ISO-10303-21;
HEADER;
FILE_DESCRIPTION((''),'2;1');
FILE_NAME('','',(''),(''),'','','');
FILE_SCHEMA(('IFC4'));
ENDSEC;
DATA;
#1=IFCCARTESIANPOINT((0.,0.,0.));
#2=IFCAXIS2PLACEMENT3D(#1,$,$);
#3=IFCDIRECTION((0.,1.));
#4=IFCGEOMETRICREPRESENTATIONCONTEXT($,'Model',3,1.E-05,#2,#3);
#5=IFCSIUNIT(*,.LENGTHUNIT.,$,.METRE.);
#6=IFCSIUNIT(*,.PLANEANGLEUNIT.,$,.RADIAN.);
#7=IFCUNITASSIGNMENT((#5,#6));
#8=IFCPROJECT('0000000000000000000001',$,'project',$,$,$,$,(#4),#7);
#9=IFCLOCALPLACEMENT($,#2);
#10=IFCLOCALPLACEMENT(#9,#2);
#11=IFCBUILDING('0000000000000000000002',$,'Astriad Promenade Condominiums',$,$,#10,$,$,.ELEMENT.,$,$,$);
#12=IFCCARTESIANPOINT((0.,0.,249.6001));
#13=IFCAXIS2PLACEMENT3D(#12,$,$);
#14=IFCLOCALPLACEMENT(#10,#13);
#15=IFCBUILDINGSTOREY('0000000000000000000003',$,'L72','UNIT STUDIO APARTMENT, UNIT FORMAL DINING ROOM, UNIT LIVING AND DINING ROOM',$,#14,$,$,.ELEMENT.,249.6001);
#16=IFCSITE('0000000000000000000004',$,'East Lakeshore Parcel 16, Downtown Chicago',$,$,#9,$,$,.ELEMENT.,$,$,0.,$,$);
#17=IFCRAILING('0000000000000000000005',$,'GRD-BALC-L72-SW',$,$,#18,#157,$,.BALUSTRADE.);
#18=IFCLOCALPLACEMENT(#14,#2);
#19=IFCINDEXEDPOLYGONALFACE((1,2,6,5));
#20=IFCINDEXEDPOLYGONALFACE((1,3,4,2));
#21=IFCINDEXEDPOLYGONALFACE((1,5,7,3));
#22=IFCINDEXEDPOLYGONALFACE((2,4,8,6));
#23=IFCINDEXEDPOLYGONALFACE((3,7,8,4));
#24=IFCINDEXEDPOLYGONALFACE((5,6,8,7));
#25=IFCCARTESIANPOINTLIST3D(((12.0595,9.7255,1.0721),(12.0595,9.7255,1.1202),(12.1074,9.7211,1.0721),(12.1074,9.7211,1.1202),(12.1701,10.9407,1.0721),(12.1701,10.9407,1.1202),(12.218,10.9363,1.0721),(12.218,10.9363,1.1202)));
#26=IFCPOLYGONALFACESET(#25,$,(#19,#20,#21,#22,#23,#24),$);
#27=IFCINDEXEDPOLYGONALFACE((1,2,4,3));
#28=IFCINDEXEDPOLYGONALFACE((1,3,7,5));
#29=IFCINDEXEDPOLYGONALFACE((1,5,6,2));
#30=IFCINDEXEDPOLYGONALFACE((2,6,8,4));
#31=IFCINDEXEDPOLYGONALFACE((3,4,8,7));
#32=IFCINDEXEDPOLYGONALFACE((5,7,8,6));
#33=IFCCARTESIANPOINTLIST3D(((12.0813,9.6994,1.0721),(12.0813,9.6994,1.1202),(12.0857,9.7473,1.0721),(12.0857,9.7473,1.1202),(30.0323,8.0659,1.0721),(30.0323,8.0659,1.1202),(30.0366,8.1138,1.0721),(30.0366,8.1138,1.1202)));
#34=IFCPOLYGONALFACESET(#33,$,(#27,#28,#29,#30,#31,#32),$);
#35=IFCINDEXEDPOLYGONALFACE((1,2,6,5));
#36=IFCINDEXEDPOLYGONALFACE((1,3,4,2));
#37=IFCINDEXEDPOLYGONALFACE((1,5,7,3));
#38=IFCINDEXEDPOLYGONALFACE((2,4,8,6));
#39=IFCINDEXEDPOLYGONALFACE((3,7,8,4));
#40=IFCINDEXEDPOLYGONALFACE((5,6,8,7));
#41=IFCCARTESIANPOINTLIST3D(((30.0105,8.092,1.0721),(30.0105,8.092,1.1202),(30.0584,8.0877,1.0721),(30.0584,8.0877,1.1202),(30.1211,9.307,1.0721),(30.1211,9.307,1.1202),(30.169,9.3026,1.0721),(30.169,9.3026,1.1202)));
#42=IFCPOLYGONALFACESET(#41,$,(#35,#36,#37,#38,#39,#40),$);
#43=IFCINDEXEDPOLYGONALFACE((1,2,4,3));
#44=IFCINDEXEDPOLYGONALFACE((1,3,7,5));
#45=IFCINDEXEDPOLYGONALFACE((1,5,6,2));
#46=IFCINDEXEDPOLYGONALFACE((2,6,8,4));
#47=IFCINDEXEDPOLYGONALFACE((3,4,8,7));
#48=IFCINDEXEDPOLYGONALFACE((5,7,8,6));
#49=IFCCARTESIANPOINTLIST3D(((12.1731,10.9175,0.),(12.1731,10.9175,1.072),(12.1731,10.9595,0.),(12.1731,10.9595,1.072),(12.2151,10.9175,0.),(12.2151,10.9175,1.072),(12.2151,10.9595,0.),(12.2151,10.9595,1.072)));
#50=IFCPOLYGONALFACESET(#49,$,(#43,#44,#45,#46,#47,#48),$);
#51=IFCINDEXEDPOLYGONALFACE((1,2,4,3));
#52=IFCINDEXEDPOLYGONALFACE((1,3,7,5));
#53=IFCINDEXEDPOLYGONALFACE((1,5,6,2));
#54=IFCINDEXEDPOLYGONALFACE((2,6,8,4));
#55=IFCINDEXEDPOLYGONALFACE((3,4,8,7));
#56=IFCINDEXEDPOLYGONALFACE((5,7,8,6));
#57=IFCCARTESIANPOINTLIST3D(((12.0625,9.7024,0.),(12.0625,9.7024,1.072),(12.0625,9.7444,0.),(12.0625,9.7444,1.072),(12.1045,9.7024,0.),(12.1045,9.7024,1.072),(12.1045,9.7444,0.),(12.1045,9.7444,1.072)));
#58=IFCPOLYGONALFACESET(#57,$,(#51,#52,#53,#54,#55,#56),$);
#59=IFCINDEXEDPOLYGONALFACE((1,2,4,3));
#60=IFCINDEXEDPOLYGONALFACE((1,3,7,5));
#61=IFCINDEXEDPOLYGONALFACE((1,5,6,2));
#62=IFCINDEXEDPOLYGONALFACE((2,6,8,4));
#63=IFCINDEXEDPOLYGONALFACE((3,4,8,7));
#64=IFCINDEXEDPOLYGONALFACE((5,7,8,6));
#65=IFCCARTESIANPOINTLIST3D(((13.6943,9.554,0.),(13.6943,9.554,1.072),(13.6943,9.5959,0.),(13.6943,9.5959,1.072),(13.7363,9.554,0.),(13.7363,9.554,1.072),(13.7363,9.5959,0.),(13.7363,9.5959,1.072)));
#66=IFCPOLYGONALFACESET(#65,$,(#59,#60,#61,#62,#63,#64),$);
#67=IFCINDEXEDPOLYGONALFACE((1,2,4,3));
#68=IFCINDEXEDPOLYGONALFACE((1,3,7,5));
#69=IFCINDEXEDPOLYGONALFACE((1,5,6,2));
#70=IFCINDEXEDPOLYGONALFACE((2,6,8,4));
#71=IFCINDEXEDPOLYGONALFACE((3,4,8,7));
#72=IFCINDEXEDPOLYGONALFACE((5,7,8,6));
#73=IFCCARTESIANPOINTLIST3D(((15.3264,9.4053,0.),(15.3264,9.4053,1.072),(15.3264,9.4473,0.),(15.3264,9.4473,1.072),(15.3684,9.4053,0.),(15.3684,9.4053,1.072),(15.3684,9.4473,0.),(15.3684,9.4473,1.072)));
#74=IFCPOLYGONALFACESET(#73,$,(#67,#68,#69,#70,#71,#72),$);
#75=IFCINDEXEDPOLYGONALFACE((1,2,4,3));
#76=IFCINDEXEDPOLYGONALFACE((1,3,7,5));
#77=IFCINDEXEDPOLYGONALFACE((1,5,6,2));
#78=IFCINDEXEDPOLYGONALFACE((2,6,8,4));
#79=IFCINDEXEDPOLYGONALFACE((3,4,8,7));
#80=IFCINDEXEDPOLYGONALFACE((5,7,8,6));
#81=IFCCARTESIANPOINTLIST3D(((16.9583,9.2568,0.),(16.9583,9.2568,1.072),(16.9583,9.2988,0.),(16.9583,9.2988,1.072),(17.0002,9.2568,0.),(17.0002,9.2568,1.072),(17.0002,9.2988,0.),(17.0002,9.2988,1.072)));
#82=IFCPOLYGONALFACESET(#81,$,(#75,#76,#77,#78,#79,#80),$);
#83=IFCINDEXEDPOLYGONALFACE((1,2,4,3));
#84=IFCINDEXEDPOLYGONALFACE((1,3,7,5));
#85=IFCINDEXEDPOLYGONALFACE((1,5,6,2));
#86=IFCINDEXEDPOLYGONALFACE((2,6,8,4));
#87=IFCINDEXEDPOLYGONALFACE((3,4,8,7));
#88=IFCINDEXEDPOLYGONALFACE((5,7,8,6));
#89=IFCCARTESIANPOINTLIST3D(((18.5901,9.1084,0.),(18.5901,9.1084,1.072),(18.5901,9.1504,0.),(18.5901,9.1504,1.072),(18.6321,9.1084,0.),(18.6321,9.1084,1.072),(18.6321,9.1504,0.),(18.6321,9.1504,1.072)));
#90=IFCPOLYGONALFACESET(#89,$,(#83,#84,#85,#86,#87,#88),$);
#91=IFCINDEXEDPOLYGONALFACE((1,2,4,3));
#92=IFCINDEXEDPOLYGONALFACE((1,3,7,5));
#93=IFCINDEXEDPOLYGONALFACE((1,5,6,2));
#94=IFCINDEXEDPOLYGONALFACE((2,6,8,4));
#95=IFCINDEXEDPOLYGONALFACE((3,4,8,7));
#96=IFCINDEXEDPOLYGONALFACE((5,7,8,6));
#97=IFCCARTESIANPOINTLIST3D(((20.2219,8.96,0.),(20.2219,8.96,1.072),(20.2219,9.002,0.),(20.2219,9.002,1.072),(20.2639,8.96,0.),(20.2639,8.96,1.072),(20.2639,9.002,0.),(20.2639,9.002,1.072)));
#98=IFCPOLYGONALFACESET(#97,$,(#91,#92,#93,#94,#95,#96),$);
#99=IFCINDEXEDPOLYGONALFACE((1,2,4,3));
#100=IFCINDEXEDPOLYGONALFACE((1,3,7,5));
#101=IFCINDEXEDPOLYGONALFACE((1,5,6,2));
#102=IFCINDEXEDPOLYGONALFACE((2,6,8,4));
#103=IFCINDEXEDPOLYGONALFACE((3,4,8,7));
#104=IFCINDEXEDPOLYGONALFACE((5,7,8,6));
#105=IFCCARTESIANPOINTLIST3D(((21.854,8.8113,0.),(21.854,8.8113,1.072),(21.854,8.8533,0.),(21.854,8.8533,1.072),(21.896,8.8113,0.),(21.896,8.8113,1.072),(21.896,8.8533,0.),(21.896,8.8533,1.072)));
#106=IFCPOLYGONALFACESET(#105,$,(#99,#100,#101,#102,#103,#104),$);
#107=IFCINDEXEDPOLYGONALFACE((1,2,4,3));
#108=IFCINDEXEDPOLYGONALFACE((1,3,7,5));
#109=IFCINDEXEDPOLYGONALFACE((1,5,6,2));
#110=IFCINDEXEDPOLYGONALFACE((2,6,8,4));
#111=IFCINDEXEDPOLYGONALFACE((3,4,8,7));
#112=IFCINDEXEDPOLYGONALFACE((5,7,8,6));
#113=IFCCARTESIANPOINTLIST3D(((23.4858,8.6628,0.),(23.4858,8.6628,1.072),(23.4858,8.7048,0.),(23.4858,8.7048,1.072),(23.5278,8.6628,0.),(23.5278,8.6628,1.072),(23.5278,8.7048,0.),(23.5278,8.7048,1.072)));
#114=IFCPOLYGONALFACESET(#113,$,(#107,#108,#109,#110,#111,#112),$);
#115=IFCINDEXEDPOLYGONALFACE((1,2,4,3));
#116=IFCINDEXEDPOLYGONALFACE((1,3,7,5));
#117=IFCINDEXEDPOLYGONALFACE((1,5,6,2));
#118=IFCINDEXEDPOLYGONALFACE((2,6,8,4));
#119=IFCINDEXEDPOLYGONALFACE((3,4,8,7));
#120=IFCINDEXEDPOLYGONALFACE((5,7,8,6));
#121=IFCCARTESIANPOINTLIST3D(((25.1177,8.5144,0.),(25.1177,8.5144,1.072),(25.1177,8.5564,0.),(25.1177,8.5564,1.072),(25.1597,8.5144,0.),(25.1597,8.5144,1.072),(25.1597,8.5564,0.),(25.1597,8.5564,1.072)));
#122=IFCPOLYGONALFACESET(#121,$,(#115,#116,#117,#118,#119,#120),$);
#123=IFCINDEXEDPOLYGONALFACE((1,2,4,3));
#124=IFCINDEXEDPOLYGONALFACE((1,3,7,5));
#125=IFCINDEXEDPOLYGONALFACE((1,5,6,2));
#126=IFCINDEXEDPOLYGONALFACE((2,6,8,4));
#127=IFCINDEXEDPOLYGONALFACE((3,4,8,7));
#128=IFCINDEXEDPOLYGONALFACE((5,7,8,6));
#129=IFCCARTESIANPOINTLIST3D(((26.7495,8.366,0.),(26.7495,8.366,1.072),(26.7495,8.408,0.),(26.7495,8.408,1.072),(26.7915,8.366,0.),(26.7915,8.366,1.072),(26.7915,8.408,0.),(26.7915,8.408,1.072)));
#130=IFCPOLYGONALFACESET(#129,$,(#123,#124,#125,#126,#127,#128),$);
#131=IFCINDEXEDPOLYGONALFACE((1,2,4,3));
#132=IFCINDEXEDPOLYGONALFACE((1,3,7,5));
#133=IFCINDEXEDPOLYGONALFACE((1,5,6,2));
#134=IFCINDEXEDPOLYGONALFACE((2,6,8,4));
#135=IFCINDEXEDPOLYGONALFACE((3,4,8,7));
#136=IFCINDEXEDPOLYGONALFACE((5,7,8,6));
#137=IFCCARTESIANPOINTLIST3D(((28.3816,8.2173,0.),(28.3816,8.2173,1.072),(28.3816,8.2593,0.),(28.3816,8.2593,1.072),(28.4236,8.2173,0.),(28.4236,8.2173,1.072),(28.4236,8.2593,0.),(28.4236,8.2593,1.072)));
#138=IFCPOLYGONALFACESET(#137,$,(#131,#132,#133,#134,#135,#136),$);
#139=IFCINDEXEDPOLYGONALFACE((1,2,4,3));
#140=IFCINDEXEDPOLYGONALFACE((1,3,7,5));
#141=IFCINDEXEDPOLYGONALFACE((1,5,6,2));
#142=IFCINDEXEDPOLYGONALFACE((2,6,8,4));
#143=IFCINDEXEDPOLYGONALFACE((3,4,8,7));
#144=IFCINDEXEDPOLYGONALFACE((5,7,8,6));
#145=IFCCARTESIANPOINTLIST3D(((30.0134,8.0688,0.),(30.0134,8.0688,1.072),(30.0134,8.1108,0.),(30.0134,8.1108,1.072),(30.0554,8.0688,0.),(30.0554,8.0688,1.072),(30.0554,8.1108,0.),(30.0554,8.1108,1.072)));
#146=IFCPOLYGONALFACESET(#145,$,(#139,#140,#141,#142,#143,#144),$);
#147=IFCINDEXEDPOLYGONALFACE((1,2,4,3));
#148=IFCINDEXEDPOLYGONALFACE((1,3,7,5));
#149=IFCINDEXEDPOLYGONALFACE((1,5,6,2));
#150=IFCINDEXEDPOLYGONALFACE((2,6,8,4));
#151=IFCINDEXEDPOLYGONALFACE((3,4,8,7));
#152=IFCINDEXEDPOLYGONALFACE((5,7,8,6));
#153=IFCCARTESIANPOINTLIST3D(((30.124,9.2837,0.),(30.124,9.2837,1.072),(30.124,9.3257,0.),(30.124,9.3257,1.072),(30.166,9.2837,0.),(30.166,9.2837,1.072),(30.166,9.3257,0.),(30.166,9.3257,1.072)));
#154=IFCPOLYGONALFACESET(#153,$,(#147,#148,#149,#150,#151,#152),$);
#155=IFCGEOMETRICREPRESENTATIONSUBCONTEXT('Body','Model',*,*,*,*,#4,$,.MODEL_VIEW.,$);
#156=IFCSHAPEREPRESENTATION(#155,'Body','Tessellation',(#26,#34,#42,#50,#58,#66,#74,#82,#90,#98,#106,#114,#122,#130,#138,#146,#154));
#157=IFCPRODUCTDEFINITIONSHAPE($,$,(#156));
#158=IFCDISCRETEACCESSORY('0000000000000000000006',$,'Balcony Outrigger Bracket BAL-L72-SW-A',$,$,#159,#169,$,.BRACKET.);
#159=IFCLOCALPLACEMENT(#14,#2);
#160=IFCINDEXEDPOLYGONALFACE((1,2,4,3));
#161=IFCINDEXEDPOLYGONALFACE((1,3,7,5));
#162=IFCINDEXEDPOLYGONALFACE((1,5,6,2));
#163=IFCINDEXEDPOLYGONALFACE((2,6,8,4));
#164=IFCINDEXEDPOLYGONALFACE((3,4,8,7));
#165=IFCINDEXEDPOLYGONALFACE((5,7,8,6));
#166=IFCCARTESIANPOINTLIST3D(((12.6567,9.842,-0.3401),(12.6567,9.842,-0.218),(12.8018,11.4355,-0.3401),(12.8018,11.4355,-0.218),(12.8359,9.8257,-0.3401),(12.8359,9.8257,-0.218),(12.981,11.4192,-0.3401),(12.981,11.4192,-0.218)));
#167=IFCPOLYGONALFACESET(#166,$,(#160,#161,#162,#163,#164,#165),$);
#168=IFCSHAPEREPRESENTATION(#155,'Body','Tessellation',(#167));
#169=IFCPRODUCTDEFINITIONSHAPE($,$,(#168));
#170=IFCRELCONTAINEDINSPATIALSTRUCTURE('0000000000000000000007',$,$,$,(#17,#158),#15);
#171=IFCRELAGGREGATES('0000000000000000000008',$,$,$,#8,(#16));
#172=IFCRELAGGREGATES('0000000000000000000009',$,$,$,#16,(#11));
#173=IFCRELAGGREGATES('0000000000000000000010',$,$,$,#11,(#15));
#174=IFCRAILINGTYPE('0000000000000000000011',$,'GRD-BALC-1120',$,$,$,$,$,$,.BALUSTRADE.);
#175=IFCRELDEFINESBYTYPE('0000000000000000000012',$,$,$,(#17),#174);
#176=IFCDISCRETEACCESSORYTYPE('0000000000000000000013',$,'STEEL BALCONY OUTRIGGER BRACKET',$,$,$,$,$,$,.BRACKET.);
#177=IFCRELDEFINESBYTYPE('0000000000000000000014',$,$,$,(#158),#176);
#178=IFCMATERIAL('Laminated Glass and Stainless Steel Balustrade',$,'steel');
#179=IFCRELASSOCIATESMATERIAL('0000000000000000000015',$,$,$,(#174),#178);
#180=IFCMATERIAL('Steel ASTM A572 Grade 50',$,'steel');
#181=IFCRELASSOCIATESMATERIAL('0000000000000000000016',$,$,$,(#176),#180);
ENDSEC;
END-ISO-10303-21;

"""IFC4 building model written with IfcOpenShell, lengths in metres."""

from ifc_helpers import new_model, si_unit, direction, frame, origin, origin_2d, place, context, subcontext, project, spatial, rectangle, extrude, source, transform, mapped, material, type_object, type_shapes, element, save


model = new_model("IFC4")

# Units and contexts
model_context = context("Model", 3, precision=1e-05, world=origin(), true_north=direction((0.0, 1.0)))
body_context = subcontext(model_context, "Body", "Model", "MODEL_VIEW")
ifc_project = project(units=[si_unit("LENGTHUNIT", "METRE"), si_unit("PLANEANGLEUNIT", "RADIAN")], contexts=[model_context])

# Site, building, storey
site_placement = place(None, origin())
site = spatial("IfcSite", under=ifc_project, at=site_placement, Name="East Lakeshore Parcel 16, Downtown Chicago", CompositionType="ELEMENT", RefElevation=0.0)
building_placement = place(site_placement, origin())
building = spatial("IfcBuilding", under=site, at=building_placement, Name="Astriad Promenade Condominiums", CompositionType="ELEMENT")
storey_placement = place(building_placement, frame((0.0, 0.0, 249.6001)))
storey = spatial("IfcBuildingStorey", under=building, at=storey_placement, Name="L72", Description="UNIT STUDIO APARTMENT, UNIT FORMAL DINING ROOM, UNIT LIVING AND DINING ROOM", CompositionType="ELEMENT", Elevation=249.6001)

# Railing
ifc_material_1 = material(Name="Laminated Glass and Stainless Steel Balustrade", Category="steel")
railing_type = type_object("IfcRailingType", Name="GRD-BALC-1120", PredefinedType="BALUSTRADE", material=ifc_material_1)
shared_shape_1 = source(origin(), body_context, "Body", "SweptSolid", [
    extrude(rectangle(XDim=0.0481, YDim=0.0481, at=origin_2d()), frame((0.0, 0.0, 1.0962), z_axis=(-0.090644, -0.995883, 0.0), x_axis=(0.995883, -0.090644, 0.0)), (0.0, 0.0, 1.0), 1.2202),
    extrude(rectangle(XDim=0.0481, YDim=0.0481, at=origin_2d()), frame((-0.1106, -1.2151, 1.0962), z_axis=(0.995885, -0.090626, 0.0), x_axis=(0.090626, 0.995885, 0.0)), (0.0, 0.0, 1.0), 18.0251),
    extrude(rectangle(XDim=0.0481, YDim=0.0481, at=origin_2d()), frame((17.8403, -2.8486, 1.0962), z_axis=(0.090662, 0.995882, 0.0), x_axis=(-0.995882, 0.090662, 0.0)), (0.0, 0.0, 1.0), 1.22),
    extrude(rectangle(XDim=0.042, YDim=0.042, at=origin_2d()), origin(), (0.0, 0.0, 1.0), 1.072),
    extrude(rectangle(XDim=0.042, YDim=0.042, at=origin_2d()), frame((-0.1106, -1.2151, 0.0)), (0.0, 0.0, 1.0), 1.072),
    extrude(rectangle(XDim=0.042, YDim=0.042, at=origin_2d()), frame((1.5212, -1.3635, 0.0)), (0.0, 0.0, 1.0), 1.072),
    extrude(rectangle(XDim=0.042, YDim=0.042, at=origin_2d()), frame((3.1533, -1.5122, 0.0)), (0.0, 0.0, 1.0), 1.072),
    extrude(rectangle(XDim=0.042, YDim=0.042, at=origin_2d()), frame((4.7852, -1.6606, 0.0)), (0.0, 0.0, 1.0), 1.072),
    extrude(rectangle(XDim=0.042, YDim=0.042, at=origin_2d()), frame((6.417, -1.8091, 0.0)), (0.0, 0.0, 1.0), 1.072),
    extrude(rectangle(XDim=0.042, YDim=0.042, at=origin_2d()), frame((8.0488, -1.9575, 0.0)), (0.0, 0.0, 1.0), 1.072),
    extrude(rectangle(XDim=0.042, YDim=0.042, at=origin_2d()), frame((9.6809, -2.1062, 0.0)), (0.0, 0.0, 1.0), 1.072),
    extrude(rectangle(XDim=0.042, YDim=0.042, at=origin_2d()), frame((11.3127, -2.2546, 0.0)), (0.0, 0.0, 1.0), 1.072),
    extrude(rectangle(XDim=0.042, YDim=0.042, at=origin_2d()), frame((12.9446, -2.4031, 0.0)), (0.0, 0.0, 1.0), 1.072),
    extrude(rectangle(XDim=0.042, YDim=0.042, at=origin_2d()), frame((14.5764, -2.5515, 0.0)), (0.0, 0.0, 1.0), 1.072),
    extrude(rectangle(XDim=0.042, YDim=0.042, at=origin_2d()), frame((16.2085, -2.7002, 0.0)), (0.0, 0.0, 1.0), 1.072),
    extrude(rectangle(XDim=0.042, YDim=0.042, at=origin_2d()), frame((17.8403, -2.8486, 0.0)), (0.0, 0.0, 1.0), 1.072),
    extrude(rectangle(XDim=0.042, YDim=0.042, at=origin_2d()), frame((17.9509, -1.6338, 0.0)), (0.0, 0.0, 1.0), 1.072),
])
type_shapes(railing_type, [shared_shape_1])
railing_placement = place(storey_placement, frame((12.1941, 10.9385, 0.0)))
element("IfcRailing", 1, at=railing_placement, inside=storey, type_object=railing_type, Name="GRD-BALC-L72-SW", PredefinedType="BALUSTRADE", context=body_context, shape_type="MappedRepresentation", body=[
    mapped(shared_shape_1, transform((0.0, 0.0, 0.0), scale=1.0)),
])

# Discrete accessory
ifc_material_2 = material(Name="Steel ASTM A572 Grade 50", Category="steel")
discrete_accessory_type = type_object("IfcDiscreteAccessoryType", Name="STEEL BALCONY OUTRIGGER BRACKET", PredefinedType="BRACKET", material=ifc_material_2)
shared_shape_2 = source(origin(), body_context, "Body", "SweptSolid", [
    extrude(rectangle(XDim=1.6001, YDim=0.1799, at=origin_2d()), origin(), (0.0, 0.0, 1.0), 0.1221),
])
type_shapes(discrete_accessory_type, [shared_shape_2])
discrete_accessory_placement = place(storey_placement, frame((12.8188, 10.6306, -0.3401), z_axis=(0.0, 0.0, 1.0), x_axis=(-0.090633, -0.995884, 0.0)))
element("IfcDiscreteAccessory", 2, at=discrete_accessory_placement, inside=storey, type_object=discrete_accessory_type, Name="Balcony Outrigger Bracket BAL-L72-SW-A", PredefinedType="BRACKET", context=body_context, shape_type="MappedRepresentation", body=[
    mapped(shared_shape_2, transform((0.0, 0.0, 0.0), scale=1.0)),
])

save(model, "model.ifc")
